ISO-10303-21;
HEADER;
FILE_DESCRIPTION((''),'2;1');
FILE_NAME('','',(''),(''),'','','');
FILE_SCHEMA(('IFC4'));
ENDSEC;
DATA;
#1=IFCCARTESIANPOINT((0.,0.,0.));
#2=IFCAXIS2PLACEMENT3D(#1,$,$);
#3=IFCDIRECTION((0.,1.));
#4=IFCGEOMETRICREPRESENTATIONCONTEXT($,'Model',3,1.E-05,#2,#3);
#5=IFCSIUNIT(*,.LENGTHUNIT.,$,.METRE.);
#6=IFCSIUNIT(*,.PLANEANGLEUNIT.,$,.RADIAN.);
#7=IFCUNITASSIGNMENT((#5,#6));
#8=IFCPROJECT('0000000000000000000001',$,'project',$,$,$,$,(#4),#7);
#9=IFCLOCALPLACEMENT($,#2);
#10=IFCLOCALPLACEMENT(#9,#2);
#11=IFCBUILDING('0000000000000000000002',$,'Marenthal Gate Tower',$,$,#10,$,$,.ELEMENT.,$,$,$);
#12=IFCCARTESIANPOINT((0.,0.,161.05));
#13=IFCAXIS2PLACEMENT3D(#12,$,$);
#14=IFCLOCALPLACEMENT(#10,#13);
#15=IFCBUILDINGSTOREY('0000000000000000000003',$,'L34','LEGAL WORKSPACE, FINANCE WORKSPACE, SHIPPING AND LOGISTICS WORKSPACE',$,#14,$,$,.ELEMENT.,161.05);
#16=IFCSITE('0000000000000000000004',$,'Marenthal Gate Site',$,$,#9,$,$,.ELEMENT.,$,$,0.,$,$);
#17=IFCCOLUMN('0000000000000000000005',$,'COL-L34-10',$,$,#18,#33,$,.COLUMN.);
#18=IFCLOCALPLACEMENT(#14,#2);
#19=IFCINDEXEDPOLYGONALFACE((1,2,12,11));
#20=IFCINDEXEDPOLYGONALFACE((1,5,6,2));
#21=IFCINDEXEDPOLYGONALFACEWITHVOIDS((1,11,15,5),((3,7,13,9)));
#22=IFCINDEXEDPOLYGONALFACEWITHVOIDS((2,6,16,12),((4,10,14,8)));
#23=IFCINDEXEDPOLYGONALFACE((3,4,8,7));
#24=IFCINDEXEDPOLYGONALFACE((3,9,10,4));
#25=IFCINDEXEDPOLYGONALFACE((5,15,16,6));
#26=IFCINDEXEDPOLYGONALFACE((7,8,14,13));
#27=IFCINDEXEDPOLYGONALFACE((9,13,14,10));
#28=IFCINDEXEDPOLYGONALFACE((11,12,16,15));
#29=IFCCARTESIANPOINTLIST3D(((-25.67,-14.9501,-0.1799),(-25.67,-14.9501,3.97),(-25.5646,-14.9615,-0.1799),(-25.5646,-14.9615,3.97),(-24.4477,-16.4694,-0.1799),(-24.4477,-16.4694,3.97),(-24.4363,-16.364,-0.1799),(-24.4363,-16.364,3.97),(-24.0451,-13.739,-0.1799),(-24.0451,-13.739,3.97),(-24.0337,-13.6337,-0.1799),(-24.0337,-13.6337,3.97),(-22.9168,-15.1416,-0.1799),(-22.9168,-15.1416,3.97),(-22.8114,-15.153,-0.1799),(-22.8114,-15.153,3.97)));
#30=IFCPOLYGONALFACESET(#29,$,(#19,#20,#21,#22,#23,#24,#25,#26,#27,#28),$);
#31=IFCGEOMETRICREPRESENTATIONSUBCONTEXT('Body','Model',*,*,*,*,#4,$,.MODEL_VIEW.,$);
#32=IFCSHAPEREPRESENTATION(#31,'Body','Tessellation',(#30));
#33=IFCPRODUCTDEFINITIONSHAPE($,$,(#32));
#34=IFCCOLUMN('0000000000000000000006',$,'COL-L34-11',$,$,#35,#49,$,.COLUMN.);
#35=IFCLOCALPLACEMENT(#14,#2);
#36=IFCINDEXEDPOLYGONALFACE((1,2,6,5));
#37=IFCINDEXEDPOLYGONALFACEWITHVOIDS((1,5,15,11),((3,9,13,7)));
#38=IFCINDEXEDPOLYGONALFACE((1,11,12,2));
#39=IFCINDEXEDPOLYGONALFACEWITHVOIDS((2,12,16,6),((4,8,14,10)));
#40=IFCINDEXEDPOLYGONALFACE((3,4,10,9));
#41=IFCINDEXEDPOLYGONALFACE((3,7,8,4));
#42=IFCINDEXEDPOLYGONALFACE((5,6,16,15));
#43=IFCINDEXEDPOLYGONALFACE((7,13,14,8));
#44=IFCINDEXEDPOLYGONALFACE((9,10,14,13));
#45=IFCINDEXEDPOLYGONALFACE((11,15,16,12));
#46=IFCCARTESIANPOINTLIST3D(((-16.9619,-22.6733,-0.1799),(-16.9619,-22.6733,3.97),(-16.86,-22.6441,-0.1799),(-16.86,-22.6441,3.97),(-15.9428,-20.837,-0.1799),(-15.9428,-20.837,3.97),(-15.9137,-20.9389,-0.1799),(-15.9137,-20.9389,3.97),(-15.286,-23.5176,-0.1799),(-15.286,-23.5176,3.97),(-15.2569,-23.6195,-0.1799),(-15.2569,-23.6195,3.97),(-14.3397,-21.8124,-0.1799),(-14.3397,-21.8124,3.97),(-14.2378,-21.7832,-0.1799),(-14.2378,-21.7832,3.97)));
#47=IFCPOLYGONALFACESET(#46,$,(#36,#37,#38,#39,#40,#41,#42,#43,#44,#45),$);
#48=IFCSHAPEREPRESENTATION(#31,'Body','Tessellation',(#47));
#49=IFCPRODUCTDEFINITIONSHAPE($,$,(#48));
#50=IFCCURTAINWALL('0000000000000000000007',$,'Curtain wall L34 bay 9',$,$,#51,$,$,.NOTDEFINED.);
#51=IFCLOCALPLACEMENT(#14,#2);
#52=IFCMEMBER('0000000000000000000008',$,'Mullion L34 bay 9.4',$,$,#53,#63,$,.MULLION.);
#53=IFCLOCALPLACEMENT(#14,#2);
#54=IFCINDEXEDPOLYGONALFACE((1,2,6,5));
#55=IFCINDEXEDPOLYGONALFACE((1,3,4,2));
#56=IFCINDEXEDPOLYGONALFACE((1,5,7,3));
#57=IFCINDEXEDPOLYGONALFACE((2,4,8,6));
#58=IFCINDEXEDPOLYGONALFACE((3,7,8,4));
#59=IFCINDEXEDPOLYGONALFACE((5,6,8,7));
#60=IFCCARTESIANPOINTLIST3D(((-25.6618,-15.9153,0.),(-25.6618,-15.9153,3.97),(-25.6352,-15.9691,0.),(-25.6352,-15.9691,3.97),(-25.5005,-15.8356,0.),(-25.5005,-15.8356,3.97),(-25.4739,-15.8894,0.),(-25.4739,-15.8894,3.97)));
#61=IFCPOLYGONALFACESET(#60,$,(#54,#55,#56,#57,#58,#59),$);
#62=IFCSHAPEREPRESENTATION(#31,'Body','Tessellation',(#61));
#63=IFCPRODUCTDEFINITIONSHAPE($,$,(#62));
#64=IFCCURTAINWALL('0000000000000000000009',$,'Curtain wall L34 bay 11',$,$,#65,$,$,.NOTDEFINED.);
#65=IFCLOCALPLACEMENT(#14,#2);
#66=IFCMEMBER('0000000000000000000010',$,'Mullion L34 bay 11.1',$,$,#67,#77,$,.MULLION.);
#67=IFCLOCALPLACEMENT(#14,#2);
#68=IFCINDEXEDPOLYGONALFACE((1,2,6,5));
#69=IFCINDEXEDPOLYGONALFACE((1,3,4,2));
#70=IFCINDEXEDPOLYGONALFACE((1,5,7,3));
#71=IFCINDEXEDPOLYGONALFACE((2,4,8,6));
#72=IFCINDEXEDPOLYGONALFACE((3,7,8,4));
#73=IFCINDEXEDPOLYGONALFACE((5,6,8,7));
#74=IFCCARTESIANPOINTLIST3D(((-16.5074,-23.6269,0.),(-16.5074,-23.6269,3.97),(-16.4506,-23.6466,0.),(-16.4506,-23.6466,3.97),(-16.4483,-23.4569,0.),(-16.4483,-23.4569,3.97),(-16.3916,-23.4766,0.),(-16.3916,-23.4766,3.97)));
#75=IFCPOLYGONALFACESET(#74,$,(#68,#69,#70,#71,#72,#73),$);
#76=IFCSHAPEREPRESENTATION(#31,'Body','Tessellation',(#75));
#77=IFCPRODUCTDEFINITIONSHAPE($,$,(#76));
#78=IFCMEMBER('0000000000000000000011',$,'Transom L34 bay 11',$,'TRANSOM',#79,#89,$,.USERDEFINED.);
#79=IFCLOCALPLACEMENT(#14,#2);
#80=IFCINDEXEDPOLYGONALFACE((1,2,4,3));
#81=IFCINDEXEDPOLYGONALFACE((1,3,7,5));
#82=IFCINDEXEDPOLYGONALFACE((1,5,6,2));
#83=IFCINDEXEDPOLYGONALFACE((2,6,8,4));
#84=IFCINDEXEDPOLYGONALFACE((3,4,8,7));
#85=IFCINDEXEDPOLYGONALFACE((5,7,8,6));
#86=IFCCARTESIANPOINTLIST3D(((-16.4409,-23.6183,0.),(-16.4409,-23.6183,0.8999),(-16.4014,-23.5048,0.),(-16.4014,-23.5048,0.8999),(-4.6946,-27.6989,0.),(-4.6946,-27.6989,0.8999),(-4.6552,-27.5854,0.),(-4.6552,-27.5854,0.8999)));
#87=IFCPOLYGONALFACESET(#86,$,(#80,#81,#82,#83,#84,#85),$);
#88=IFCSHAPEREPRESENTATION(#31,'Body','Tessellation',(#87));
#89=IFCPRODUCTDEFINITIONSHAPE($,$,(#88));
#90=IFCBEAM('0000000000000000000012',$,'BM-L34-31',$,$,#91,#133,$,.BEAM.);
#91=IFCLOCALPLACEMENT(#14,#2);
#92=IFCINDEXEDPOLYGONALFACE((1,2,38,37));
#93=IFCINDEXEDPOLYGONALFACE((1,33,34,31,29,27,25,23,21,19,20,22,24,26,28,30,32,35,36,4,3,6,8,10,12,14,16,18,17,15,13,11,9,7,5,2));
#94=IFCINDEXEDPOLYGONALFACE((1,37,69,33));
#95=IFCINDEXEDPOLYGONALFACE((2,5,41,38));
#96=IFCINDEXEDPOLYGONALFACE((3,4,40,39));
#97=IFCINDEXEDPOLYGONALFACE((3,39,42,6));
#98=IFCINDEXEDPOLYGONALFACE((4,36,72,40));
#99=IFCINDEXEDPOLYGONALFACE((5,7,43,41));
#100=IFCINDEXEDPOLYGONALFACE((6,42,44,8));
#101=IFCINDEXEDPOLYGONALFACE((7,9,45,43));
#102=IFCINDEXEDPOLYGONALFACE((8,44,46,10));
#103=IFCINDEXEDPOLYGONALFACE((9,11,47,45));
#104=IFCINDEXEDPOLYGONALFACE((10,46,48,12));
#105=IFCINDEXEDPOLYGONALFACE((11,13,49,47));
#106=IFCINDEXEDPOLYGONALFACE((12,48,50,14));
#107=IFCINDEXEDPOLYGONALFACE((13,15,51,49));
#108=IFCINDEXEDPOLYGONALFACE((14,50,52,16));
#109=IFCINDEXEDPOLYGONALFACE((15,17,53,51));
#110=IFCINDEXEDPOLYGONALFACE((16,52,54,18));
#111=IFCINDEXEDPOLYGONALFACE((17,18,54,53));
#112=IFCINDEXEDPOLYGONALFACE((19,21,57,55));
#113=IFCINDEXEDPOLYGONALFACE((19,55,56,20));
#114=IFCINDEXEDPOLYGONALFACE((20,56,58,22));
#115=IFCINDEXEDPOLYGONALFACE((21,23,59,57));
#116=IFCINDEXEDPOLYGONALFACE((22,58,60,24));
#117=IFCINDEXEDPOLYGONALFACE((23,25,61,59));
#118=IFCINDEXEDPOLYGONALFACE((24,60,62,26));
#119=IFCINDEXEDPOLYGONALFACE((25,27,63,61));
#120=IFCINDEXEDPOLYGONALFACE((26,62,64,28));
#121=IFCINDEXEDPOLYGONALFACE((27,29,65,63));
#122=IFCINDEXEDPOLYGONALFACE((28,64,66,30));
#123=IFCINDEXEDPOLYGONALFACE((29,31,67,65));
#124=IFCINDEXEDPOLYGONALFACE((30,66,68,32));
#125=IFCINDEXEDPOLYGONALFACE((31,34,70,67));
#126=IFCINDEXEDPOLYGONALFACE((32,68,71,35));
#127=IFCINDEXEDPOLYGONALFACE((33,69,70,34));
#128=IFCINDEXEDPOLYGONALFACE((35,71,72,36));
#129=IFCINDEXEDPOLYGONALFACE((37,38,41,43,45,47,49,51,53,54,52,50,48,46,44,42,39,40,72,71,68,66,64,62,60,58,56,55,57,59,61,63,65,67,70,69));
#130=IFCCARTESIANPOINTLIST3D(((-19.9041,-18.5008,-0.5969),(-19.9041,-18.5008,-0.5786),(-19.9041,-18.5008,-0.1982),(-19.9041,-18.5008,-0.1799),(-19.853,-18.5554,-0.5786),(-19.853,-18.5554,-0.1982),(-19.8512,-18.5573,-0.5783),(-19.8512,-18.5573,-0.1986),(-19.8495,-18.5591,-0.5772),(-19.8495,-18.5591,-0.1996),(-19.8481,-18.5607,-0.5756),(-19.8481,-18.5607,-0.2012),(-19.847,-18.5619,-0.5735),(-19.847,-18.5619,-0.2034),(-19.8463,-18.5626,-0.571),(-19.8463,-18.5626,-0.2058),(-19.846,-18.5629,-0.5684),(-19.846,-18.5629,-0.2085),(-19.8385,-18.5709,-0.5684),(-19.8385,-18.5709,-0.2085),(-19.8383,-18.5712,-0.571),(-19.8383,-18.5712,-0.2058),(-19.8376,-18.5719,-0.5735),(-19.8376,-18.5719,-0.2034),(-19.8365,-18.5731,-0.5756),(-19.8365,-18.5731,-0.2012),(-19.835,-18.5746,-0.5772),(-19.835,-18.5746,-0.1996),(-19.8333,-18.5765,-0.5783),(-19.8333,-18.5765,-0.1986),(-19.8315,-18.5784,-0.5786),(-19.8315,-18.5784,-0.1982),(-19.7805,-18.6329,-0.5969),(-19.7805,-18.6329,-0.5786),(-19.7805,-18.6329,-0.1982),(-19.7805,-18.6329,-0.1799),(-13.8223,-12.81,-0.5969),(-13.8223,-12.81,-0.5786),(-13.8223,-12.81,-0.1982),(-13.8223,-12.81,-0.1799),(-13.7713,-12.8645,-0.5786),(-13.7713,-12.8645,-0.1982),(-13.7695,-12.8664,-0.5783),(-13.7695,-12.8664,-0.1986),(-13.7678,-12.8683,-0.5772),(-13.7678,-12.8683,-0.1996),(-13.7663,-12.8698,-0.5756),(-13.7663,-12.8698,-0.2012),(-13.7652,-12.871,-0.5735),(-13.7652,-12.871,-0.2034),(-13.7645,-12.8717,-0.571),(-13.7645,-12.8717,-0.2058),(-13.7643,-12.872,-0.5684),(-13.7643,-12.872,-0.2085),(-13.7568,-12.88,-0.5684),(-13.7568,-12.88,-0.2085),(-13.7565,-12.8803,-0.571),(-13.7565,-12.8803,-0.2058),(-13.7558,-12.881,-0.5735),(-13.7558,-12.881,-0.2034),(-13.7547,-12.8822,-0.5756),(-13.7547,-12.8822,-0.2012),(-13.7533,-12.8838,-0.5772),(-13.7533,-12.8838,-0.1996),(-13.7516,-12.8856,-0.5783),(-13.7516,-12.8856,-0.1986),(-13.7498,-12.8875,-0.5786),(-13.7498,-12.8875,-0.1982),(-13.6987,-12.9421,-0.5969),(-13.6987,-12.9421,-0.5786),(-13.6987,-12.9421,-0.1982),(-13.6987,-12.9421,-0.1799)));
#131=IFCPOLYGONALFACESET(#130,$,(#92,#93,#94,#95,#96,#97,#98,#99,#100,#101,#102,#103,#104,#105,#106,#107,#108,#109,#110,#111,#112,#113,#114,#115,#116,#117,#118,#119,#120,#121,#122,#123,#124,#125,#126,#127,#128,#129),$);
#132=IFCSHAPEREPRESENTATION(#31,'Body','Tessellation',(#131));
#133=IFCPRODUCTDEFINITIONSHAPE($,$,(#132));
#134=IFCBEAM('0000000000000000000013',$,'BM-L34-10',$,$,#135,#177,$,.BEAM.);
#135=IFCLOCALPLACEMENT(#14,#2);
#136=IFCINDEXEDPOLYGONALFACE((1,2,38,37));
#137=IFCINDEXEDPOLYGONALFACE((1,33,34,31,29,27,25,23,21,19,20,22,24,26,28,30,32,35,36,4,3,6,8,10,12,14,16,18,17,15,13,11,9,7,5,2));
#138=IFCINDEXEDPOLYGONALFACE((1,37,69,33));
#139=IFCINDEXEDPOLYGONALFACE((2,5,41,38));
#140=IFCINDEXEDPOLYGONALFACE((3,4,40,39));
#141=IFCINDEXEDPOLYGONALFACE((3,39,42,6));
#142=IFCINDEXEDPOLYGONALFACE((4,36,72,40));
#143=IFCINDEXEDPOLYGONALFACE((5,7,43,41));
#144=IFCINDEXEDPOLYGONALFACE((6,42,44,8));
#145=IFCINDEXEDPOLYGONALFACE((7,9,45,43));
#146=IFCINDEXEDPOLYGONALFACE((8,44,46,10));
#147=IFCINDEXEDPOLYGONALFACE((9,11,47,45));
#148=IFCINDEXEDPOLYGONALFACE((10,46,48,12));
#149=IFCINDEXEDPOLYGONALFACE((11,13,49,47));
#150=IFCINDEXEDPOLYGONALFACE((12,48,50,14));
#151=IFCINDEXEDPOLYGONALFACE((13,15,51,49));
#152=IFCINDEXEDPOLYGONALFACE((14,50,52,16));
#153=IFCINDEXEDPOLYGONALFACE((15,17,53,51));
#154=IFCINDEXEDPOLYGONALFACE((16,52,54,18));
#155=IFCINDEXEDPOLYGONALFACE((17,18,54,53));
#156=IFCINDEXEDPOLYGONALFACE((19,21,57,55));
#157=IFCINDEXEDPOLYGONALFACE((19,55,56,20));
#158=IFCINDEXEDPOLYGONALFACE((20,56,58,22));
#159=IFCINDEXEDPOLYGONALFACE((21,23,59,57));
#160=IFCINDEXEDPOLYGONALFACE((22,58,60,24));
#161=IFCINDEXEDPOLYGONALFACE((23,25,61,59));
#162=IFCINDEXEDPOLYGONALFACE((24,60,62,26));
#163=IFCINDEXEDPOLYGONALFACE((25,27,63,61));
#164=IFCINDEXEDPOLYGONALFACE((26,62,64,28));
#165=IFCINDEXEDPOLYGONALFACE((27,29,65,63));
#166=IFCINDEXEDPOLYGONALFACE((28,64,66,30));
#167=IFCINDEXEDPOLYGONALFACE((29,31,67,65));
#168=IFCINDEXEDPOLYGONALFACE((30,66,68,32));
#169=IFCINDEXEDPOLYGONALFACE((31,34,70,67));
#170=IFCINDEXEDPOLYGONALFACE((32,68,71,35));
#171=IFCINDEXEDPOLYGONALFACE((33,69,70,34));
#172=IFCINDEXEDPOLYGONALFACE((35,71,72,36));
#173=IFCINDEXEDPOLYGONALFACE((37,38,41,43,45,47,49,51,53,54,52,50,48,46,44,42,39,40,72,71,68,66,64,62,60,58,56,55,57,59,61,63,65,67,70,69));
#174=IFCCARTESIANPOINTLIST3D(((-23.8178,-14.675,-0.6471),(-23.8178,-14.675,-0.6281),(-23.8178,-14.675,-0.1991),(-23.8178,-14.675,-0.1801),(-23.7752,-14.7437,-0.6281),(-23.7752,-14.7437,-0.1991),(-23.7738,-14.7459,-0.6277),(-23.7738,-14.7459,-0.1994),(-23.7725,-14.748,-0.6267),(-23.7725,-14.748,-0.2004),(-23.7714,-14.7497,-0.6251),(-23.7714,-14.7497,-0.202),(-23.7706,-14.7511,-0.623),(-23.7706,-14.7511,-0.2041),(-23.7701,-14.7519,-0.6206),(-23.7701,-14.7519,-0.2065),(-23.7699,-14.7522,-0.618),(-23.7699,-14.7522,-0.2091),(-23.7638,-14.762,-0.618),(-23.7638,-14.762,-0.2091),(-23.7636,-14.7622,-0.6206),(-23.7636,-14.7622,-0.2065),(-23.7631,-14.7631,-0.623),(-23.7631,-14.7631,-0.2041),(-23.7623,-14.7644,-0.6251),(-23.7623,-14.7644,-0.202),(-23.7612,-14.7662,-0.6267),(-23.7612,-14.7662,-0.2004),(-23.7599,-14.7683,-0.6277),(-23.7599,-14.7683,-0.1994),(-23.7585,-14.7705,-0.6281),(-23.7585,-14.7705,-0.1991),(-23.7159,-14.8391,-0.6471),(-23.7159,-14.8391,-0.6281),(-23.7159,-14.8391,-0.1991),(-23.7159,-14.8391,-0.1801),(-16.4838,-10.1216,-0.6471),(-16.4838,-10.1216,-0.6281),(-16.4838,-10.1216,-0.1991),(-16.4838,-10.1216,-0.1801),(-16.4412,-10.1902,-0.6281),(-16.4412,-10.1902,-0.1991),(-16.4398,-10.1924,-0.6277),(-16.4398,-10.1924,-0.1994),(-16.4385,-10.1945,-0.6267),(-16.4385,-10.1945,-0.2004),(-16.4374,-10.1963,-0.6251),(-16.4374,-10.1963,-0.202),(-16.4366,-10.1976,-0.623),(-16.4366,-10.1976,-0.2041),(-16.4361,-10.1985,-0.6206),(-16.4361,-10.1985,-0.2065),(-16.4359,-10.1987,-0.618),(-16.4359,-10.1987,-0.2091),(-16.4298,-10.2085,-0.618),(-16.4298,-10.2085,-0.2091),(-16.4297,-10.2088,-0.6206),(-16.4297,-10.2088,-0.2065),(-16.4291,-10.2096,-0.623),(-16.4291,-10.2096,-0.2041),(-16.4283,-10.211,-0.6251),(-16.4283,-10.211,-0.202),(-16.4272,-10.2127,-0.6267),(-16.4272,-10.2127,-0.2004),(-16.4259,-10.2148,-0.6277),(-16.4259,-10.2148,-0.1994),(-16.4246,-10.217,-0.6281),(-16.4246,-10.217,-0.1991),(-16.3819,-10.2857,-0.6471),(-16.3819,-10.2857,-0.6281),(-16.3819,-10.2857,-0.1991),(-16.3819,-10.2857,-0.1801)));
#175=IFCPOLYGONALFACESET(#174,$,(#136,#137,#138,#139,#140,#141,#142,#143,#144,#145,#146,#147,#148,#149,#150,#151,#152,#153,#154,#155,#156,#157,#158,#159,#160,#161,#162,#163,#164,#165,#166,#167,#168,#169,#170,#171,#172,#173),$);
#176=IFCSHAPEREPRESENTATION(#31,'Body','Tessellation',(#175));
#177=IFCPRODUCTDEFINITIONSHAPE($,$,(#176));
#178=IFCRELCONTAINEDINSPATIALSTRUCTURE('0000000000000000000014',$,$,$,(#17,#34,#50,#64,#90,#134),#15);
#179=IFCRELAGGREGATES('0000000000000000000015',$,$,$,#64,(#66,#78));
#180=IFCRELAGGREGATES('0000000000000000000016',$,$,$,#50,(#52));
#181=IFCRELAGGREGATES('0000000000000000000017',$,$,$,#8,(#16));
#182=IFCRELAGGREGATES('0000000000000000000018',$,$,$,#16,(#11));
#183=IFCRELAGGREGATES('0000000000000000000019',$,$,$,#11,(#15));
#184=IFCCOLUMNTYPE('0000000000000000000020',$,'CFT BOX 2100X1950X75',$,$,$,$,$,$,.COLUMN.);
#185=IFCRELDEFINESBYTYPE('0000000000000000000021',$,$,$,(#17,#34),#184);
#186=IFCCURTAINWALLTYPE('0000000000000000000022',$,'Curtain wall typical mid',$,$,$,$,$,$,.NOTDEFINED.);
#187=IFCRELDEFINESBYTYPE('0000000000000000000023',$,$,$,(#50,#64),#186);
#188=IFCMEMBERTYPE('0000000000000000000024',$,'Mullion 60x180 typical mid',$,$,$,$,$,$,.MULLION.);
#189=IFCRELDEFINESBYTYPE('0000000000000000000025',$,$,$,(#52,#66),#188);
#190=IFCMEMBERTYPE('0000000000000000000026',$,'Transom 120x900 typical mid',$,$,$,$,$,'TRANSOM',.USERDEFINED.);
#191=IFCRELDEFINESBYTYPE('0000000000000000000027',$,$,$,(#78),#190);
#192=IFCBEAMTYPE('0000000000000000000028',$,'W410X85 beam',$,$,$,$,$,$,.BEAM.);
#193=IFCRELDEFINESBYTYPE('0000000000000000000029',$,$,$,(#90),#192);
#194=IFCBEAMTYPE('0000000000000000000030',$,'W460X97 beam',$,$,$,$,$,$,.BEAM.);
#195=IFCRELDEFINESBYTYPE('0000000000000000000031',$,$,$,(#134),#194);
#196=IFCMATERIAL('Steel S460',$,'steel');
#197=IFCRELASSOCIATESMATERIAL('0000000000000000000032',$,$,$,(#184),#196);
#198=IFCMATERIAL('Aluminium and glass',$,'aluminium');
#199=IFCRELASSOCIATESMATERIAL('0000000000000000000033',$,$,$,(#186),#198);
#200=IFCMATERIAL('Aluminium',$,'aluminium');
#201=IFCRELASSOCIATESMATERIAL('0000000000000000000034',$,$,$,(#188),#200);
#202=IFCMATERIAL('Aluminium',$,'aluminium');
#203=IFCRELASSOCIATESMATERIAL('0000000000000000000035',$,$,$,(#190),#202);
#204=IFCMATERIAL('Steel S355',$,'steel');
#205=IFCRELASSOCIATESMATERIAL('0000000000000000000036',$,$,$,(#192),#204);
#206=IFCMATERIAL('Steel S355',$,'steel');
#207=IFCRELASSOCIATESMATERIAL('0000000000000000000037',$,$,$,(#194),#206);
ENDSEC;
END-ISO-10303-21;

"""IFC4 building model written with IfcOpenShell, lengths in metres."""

from ifc_helpers import new_model, si_unit, direction, frame, origin, origin_2d, place, context, subcontext, project, spatial, rectangle, hollow_rectangle, i_section, extrude, material, material_profile, profile_set, type_object, element, aggregate, save


model = new_model("IFC4")

# Units and contexts
model_context = context("Model", 3, precision=1e-05, world=origin(), true_north=direction((0.0, 1.0)))
body_context = subcontext(model_context, "Body", "Model", "MODEL_VIEW")
ifc_project = project(units=[si_unit("LENGTHUNIT", "METRE"), si_unit("PLANEANGLEUNIT", "RADIAN")], contexts=[model_context])

# Site, building, storey
site_placement = place(None, origin())
site = spatial("IfcSite", under=ifc_project, at=site_placement, Name="Marenthal Gate Site", CompositionType="ELEMENT", RefElevation=0.0)
building_placement = place(site_placement, origin())
building = spatial("IfcBuilding", under=site, at=building_placement, Name="Marenthal Gate Tower", CompositionType="ELEMENT")
storey_placement = place(building_placement, frame((0.0, 0.0, 161.05)))
storey = spatial("IfcBuildingStorey", under=building, at=storey_placement, Name="L34", Description="LEGAL WORKSPACE, FINANCE WORKSPACE, SHIPPING AND LOGISTICS WORKSPACE", CompositionType="ELEMENT", Elevation=161.05)

# Columns
ifc_material_1 = material(Name="Steel S460", Category="steel")
ifc_material_profile_1 = material_profile(ifc_material_1, hollow_rectangle(XDim=1.95, YDim=2.1001, WallThickness=0.075, at=origin_2d()), Name="CFT BOX 2100X1950X75")
ifc_material_2 = material(Name="Concrete 70 MPa", Category="concrete")
ifc_material_profile_2 = material_profile(ifc_material_2, rectangle(XDim=1.8, YDim=1.95, at=origin_2d()), Name="CFT BOX 2100X1950X75 INFILL")
ifc_profile_set_1 = profile_set([ifc_material_profile_1, ifc_material_profile_2], Name="Steel S460 shell, Concrete 70 MPa infill")
column_type = type_object("IfcColumnType", Name="CFT BOX 2100X1950X75", PredefinedType="COLUMN", material=ifc_profile_set_1)
for number, where, z_axis, x_axis, name in (
    (1, (-24.2407, -15.0515, -0.1799), (0.0, 0.0, 1.0), (-0.626831, 0.779155, 0.0), "COL-L34-10"),
    (2, (-15.5999, -22.2283, -0.1799), (0.0, 0.0, 1.0), (-0.87438, 0.485242, 0.0), "COL-L34-11"),
):
    element("IfcColumn", number, at=place(storey_placement, frame(where, z_axis=z_axis, x_axis=x_axis)), inside=storey, type_object=column_type, Name=name, PredefinedType="COLUMN", context=body_context, shape_type="SweptSolid", body=[
        extrude(hollow_rectangle(XDim=1.95, YDim=2.1001, WallThickness=0.075, at=origin_2d()), origin(), (0.0, 0.0, 1.0), 4.1499),
    ])

# Curtain wall, member
ifc_material_3 = material(Name="Aluminium and glass", Category="aluminium")
curtain_wall_type = type_object("IfcCurtainWallType", Name="Curtain wall typical mid", PredefinedType="NOTDEFINED", material=ifc_material_3)
curtain_wall_1_placement = place(storey_placement, origin())
curtain_wall_1 = element("IfcCurtainWall", 3, at=curtain_wall_1_placement, inside=storey, type_object=curtain_wall_type, Name="Curtain wall L34 bay 9", PredefinedType="NOTDEFINED")
ifc_material_4 = material(Name="Aluminium", Category="aluminium")
ifc_material_profile_3 = material_profile(ifc_material_4, rectangle(XDim=0.1799, YDim=0.0601, at=origin_2d()), Name="60x180 aluminium mullion")
ifc_profile_set_2 = profile_set([ifc_material_profile_3], Name="Aluminium")
member_type_1 = type_object("IfcMemberType", Name="Mullion 60x180 typical mid", PredefinedType="MULLION", material=ifc_profile_set_2)
member_1_placement = place(storey_placement, frame((-25.5679, -15.9023, 0.0), z_axis=(0.0, 0.0, 1.0), x_axis=(0.896609, 0.442824, 0.0)))
member_1 = element("IfcMember", 4, at=member_1_placement, type_object=member_type_1, Name="Mullion L34 bay 9.4", PredefinedType="MULLION", context=body_context, shape_type="SweptSolid", body=[
    extrude(rectangle(XDim=0.1799, YDim=0.0601, at=origin_2d()), origin(), (0.0, 0.0, 1.0), 3.97),
])

# Curtain wall, members
curtain_wall_2_placement = place(storey_placement, origin())
curtain_wall_2 = element("IfcCurtainWall", 5, at=curtain_wall_2_placement, inside=storey, type_object=curtain_wall_type, Name="Curtain wall L34 bay 11", PredefinedType="NOTDEFINED")
member_2_placement = place(storey_placement, frame((-16.4495, -23.5518, 0.0), z_axis=(0.0, 0.0, 1.0), x_axis=(0.328158, 0.944623, 0.0)))
member_2 = element("IfcMember", 6, at=member_2_placement, type_object=member_type_1, Name="Mullion L34 bay 11.1", PredefinedType="MULLION", context=body_context, shape_type="SweptSolid", body=[
    extrude(rectangle(XDim=0.1799, YDim=0.0601, at=origin_2d()), origin(), (0.0, 0.0, 1.0), 3.97),
])
ifc_material_5 = material(Name="Aluminium", Category="aluminium")
ifc_material_profile_4 = material_profile(ifc_material_5, rectangle(XDim=0.1201, YDim=0.8999, at=origin_2d()), Name="120x900 aluminium transom")
ifc_profile_set_3 = profile_set([ifc_material_profile_4], Name="Aluminium")
member_type_2 = type_object("IfcMemberType", Name="Transom 120x900 typical mid", ElementType="TRANSOM", PredefinedType="USERDEFINED", material=ifc_profile_set_3)
member_3_placement = place(storey_placement, frame((-16.4211, -23.5615, 0.45), z_axis=(0.944622, -0.32816, 0.0), x_axis=(0.32816, 0.944622, 0.0)))
member_3 = element("IfcMember", 7, at=member_3_placement, type_object=member_type_2, Name="Transom L34 bay 11", ObjectType="TRANSOM", PredefinedType="USERDEFINED", context=body_context, shape_type="SweptSolid", body=[
    extrude(rectangle(XDim=0.1201, YDim=0.8999, at=origin_2d()), origin(), (0.0, 0.0, 1.0), 12.4348),
])
aggregate(curtain_wall_2, [member_2, member_3])

# Beams
ifc_material_6 = material(Name="Steel S355", Category="steel")
ifc_material_profile_5 = material_profile(ifc_material_6, i_section(OverallWidth=0.1809, OverallDepth=0.417, WebThickness=0.011, FlangeThickness=0.0183, FilletRadius=0.0103, at=origin_2d()), Name="W410X85")
ifc_profile_set_4 = profile_set([ifc_material_profile_5], Name="Steel S355")
beam_type_1 = type_object("IfcBeamType", Name="W410X85 beam", PredefinedType="BEAM", material=ifc_profile_set_4)
beam_1_placement = place(storey_placement, frame((-19.8423, -18.5669, -0.3884), z_axis=(0.730181, 0.683253, 0.0), x_axis=(-0.683253, 0.730181, 0.0)))
element("IfcBeam", 8, at=beam_1_placement, inside=storey, type_object=beam_type_1, Name="BM-L34-31", PredefinedType="BEAM", context=body_context, shape_type="SweptSolid", body=[
    extrude(i_section(OverallWidth=0.1809, OverallDepth=0.417, WebThickness=0.011, FlangeThickness=0.0183, FilletRadius=0.0103, at=origin_2d()), origin(), (0.0, 0.0, 1.0), 8.3291),
])
ifc_material_7 = material(Name="Steel S355", Category="steel")
ifc_material_profile_6 = material_profile(ifc_material_7, i_section(OverallWidth=0.1931, OverallDepth=0.467, WebThickness=0.0115, FlangeThickness=0.019, FilletRadius=0.01, at=origin_2d()), Name="W460X97")
ifc_profile_set_5 = profile_set([ifc_material_profile_6], Name="Steel S355")
beam_type_2 = type_object("IfcBeamType", Name="W460X97 beam", PredefinedType="BEAM", material=ifc_profile_set_5)
beam_2_placement = place(storey_placement, frame((-23.7668, -14.7571, -0.4136), z_axis=(0.849571, 0.527475, 0.0), x_axis=(-0.527475, 0.849571, 0.0)))
element("IfcBeam", 9, at=beam_2_placement, inside=storey, type_object=beam_type_2, Name="BM-L34-10", PredefinedType="BEAM", context=body_context, shape_type="SweptSolid", body=[
    extrude(i_section(OverallWidth=0.1931, OverallDepth=0.467, WebThickness=0.0115, FlangeThickness=0.019, FilletRadius=0.01, at=origin_2d()), origin(), (0.0, 0.0, 1.0), 8.6326),
])

aggregate(curtain_wall_1, [member_1])

save(model, "model.ifc")
